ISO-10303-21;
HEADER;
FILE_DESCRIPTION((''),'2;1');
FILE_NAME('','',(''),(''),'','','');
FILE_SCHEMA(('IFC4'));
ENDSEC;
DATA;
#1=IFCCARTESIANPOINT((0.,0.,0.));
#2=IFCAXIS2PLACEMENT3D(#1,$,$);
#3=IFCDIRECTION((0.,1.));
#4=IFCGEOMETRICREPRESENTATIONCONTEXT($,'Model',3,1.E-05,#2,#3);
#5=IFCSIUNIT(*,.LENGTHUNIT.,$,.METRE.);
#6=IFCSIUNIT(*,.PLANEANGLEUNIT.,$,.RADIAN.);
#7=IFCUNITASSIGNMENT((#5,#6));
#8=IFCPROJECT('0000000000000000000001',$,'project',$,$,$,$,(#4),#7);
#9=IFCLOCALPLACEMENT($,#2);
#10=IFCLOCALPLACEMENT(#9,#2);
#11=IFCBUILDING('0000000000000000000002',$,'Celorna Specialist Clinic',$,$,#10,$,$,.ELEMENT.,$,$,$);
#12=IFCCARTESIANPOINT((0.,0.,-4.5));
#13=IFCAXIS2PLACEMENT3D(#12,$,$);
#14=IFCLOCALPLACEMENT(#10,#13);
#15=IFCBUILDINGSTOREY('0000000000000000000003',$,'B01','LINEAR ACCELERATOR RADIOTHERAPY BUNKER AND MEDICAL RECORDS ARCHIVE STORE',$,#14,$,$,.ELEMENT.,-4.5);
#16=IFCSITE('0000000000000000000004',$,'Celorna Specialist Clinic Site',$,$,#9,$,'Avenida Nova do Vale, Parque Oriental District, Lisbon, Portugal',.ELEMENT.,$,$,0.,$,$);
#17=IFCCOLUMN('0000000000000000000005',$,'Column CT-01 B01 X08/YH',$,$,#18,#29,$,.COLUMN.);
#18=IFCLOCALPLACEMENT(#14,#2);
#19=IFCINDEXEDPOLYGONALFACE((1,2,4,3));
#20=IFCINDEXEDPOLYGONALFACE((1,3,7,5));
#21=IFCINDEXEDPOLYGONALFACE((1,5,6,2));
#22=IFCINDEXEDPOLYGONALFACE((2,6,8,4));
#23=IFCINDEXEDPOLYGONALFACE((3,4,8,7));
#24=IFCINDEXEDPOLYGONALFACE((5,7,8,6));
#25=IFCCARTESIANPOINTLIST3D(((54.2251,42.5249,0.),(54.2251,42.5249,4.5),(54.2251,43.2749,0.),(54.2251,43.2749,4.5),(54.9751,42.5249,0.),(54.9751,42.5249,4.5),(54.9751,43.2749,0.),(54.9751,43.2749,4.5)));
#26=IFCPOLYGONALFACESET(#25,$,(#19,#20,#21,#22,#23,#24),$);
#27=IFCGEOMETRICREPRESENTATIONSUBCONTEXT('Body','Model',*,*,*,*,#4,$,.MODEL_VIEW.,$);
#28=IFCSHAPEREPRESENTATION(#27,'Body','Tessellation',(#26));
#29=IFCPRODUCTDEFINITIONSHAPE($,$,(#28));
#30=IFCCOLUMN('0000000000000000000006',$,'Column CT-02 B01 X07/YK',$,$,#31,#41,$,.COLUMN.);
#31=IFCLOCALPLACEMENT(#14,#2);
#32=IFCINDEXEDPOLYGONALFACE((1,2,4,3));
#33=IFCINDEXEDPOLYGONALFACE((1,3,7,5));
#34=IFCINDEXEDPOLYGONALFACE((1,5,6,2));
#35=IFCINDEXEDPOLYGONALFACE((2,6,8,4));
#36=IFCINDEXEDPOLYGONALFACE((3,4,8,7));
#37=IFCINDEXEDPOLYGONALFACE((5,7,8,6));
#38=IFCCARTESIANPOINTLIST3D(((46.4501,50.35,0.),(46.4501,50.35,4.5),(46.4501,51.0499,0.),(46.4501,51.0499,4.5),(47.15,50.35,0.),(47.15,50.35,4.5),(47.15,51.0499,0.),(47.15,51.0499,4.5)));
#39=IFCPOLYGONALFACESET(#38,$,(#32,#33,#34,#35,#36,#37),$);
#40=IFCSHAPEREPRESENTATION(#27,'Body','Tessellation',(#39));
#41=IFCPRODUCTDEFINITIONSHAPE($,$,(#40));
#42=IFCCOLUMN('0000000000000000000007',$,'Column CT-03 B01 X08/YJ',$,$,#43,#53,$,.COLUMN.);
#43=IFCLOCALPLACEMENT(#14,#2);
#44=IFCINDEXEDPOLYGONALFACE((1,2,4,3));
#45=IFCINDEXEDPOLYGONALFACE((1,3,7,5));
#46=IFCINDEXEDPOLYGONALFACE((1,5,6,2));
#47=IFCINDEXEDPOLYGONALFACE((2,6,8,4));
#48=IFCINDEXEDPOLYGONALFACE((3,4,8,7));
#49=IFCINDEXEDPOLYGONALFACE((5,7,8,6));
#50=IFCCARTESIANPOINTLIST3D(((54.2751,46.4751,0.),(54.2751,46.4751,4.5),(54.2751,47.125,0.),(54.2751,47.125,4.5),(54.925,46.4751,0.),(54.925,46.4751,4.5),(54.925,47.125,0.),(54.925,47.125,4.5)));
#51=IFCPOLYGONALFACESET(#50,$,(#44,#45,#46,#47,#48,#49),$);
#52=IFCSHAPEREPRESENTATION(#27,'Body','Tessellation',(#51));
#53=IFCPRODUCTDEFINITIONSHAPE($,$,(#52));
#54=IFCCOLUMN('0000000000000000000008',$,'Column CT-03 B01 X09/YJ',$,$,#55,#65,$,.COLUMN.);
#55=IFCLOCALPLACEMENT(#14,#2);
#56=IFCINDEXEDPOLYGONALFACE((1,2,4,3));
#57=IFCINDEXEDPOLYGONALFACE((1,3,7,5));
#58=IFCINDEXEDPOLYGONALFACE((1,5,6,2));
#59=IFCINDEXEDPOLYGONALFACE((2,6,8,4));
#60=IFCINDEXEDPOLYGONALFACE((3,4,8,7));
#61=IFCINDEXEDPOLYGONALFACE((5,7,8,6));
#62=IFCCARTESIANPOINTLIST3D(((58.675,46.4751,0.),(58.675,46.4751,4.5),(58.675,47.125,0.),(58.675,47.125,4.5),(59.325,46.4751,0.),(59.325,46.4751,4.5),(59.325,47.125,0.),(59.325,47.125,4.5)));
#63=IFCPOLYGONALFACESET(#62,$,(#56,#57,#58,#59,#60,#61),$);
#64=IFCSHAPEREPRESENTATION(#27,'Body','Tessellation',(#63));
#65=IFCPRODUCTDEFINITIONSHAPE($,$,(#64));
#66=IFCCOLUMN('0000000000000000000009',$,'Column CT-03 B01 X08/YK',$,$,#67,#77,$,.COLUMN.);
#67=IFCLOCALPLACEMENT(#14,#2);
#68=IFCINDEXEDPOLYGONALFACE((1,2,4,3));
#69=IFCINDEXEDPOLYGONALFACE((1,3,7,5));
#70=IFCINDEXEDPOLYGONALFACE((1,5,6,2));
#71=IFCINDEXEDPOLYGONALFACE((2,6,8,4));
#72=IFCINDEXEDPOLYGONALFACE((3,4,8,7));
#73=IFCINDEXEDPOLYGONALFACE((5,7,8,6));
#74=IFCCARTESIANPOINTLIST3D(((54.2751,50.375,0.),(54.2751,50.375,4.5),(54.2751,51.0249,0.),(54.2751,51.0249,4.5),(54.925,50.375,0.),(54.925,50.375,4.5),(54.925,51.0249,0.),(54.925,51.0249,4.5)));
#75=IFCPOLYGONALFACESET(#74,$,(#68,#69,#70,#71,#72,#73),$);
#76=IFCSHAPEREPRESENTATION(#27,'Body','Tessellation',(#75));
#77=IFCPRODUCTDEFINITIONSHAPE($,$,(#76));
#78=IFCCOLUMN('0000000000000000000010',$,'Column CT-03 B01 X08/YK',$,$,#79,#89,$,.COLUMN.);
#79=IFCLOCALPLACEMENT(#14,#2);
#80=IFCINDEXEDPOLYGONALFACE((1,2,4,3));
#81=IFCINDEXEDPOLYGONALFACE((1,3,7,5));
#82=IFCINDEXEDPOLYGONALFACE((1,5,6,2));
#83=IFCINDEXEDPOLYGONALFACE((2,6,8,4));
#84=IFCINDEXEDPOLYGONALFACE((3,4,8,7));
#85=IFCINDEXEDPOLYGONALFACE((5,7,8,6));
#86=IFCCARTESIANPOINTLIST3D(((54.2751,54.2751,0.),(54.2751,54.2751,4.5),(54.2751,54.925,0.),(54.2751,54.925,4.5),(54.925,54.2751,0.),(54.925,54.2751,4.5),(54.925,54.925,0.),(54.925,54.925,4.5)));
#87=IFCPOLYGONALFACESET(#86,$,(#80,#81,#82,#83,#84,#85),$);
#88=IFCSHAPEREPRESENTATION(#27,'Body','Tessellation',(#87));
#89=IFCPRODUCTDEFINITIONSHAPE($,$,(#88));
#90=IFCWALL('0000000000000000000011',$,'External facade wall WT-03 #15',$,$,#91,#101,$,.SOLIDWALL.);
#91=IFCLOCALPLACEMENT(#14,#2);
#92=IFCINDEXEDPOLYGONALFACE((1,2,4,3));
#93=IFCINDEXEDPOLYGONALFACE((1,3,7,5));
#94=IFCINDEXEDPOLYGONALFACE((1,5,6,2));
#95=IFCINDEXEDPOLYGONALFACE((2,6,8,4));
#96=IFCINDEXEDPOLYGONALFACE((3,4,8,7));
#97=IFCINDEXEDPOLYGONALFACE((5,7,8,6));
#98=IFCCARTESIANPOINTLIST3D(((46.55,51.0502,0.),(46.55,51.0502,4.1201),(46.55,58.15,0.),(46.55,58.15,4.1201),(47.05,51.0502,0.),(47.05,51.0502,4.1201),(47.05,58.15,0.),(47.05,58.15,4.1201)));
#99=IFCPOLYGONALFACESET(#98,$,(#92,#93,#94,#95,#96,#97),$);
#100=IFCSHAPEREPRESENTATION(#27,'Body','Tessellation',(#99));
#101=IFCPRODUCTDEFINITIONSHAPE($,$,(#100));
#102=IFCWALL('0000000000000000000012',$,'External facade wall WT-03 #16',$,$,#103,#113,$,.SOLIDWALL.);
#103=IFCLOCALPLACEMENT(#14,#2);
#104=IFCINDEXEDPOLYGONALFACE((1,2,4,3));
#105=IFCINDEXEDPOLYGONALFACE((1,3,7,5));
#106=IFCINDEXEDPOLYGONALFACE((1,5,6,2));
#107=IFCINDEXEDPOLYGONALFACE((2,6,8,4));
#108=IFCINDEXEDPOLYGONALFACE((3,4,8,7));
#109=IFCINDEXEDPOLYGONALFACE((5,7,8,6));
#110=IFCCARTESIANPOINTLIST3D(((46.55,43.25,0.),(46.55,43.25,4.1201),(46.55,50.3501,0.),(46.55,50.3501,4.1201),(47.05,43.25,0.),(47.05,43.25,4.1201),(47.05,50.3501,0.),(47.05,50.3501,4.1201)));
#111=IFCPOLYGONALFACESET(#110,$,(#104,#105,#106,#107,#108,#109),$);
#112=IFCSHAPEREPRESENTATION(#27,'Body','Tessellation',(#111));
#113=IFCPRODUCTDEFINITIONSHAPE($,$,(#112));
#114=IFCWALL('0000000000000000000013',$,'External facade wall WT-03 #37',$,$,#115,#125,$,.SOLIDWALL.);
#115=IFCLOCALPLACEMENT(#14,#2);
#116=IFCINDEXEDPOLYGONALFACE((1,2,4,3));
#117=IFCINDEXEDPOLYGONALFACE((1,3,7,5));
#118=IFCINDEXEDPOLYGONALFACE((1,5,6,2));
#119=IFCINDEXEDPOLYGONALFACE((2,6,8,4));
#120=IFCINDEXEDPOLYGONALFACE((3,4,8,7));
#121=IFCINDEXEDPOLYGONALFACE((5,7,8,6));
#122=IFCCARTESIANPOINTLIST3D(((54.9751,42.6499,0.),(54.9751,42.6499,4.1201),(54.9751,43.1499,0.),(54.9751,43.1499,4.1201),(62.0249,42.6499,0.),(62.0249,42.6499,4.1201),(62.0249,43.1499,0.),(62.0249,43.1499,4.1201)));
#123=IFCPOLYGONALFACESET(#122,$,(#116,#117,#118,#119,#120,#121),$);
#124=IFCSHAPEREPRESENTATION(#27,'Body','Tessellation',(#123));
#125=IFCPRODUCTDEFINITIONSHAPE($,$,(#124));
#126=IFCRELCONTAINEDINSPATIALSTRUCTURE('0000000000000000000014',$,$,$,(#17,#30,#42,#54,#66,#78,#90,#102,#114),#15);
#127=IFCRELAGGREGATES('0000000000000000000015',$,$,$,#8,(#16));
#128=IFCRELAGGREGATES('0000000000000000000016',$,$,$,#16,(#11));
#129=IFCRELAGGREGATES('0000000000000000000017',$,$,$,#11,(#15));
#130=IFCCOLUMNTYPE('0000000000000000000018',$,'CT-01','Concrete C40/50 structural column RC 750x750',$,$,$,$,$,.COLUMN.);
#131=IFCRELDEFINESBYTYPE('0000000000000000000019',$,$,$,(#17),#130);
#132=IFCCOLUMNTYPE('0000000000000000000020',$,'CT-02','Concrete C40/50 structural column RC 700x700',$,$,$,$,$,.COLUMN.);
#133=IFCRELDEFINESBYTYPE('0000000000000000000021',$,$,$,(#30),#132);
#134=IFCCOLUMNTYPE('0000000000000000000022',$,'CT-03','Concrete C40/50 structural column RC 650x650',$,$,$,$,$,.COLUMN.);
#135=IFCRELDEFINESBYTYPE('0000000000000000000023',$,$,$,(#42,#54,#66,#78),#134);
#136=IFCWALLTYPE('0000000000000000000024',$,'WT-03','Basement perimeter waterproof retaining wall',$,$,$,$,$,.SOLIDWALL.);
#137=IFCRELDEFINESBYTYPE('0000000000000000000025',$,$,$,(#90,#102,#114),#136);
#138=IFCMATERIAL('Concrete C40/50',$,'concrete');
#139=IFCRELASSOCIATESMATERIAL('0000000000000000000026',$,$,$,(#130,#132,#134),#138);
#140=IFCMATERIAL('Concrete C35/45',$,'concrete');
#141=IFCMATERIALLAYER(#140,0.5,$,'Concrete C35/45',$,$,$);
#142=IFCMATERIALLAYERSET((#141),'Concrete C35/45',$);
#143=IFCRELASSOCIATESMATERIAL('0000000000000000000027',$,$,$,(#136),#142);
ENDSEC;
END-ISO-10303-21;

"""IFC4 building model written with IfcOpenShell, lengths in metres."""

from ifc_helpers import new_model, si_unit, direction, frame, frame_2d, origin, origin_2d, place, context, subcontext, project, spatial, rectangle, extrude, material, layer, layer_set, material_profile, profile_set, type_object, element, save


model = new_model("IFC4")

# Units and contexts
model_context = context("Model", 3, precision=1e-05, world=origin(), true_north=direction((0.0, 1.0)))
body_context = subcontext(model_context, "Body", "Model", "MODEL_VIEW")
ifc_project = project(units=[si_unit("LENGTHUNIT", "METRE"), si_unit("PLANEANGLEUNIT", "RADIAN")], contexts=[model_context])

# Site, building, storey
site_placement = place(None, origin())
site = spatial("IfcSite", under=ifc_project, at=site_placement, Name="Celorna Specialist Clinic Site", LongName="Avenida Nova do Vale, Parque Oriental District, Lisbon, Portugal", CompositionType="ELEMENT", RefElevation=0.0)
building_placement = place(site_placement, origin())
building = spatial("IfcBuilding", under=site, at=building_placement, Name="Celorna Specialist Clinic", CompositionType="ELEMENT")
storey_placement = place(building_placement, frame((0.0, 0.0, -4.5)))
storey = spatial("IfcBuildingStorey", under=building, at=storey_placement, Name="B01", Description="LINEAR ACCELERATOR RADIOTHERAPY BUNKER AND MEDICAL RECORDS ARCHIVE STORE", CompositionType="ELEMENT", Elevation=-4.5)

# Shared definitions
ifc_material_1 = material(Name="Concrete C35/45", Category="concrete")

# Columns
ifc_material_2 = material(Name="Concrete C40/50", Category="concrete")
ifc_material_profile_1 = material_profile(ifc_material_2, rectangle(XDim=0.75, YDim=0.75, at=origin_2d()), Name="RC 750x750")
ifc_profile_set_1 = profile_set([ifc_material_profile_1], Name="Concrete C40/50")
column_type_1 = type_object("IfcColumnType", Name="CT-01", Description="Concrete C40/50 structural column RC 750x750", PredefinedType="COLUMN", material=ifc_profile_set_1)
column_1_placement = place(storey_placement, frame((54.6001, 42.8999, 0.0), z_axis=(0.0, 0.0, 1.0), x_axis=(1.0, 0.0, 0.0)))
element("IfcColumn", 1, at=column_1_placement, inside=storey, type_object=column_type_1, Name="Column CT-01 B01 X08/YH", PredefinedType="COLUMN", context=body_context, shape_type="SweptSolid", body=[
    extrude(rectangle(XDim=0.75, YDim=0.75, at=origin_2d()), origin(), (0.0, 0.0, 1.0), 4.5),
])
ifc_material_profile_2 = material_profile(ifc_material_2, rectangle(XDim=0.7, YDim=0.7, at=origin_2d()), Name="RC 700x700")
ifc_profile_set_2 = profile_set([ifc_material_profile_2], Name="Concrete C40/50")
column_type_2 = type_object("IfcColumnType", Name="CT-02", Description="Concrete C40/50 structural column RC 700x700", PredefinedType="COLUMN", material=ifc_profile_set_2)
column_2_placement = place(storey_placement, frame((46.8, 50.7, 0.0), z_axis=(0.0, 0.0, 1.0), x_axis=(1.0, 0.0, 0.0)))
element("IfcColumn", 2, at=column_2_placement, inside=storey, type_object=column_type_2, Name="Column CT-02 B01 X07/YK", PredefinedType="COLUMN", context=body_context, shape_type="SweptSolid", body=[
    extrude(rectangle(XDim=0.7, YDim=0.7, at=origin_2d()), origin(), (0.0, 0.0, 1.0), 4.5),
])
ifc_material_profile_3 = material_profile(ifc_material_2, rectangle(XDim=0.6499, YDim=0.6499, at=origin_2d()), Name="RC 650x650")
ifc_profile_set_3 = profile_set([ifc_material_profile_3], Name="Concrete C40/50")
column_type_3 = type_object("IfcColumnType", Name="CT-03", Description="Concrete C40/50 structural column RC 650x650", PredefinedType="COLUMN", material=ifc_profile_set_3)
for number, where, z_axis, x_axis, name in (
    (3, (54.6001, 46.8, 0.0), (0.0, 0.0, 1.0), (1.0, 0.0, 0.0), "Column CT-03 B01 X08/YJ"),
    (4, (59.0, 46.8, 0.0), (0.0, 0.0, 1.0), (1.0, 0.0, 0.0), "Column CT-03 B01 X09/YJ"),
    (5, (54.6001, 50.7, 0.0), (0.0, 0.0, 1.0), (1.0, 0.0, 0.0), "Column CT-03 B01 X08/YK"),
    (6, (54.6001, 54.6001, 0.0), (0.0, 0.0, 1.0), (1.0, 0.0, 0.0), "Column CT-03 B01 X08/YK"),
):
    element("IfcColumn", number, at=place(storey_placement, frame(where, z_axis=z_axis, x_axis=x_axis)), inside=storey, type_object=column_type_3, Name=name, PredefinedType="COLUMN", context=body_context, shape_type="SweptSolid", body=[
        extrude(rectangle(XDim=0.6499, YDim=0.6499, at=origin_2d()), origin(), (0.0, 0.0, 1.0), 4.5),
    ])

# Walls
ifc_layer = layer(ifc_material_1, 0.5, Name="Concrete C35/45")
ifc_layer_set = layer_set([ifc_layer], Name="Concrete C35/45")
wall_type = type_object("IfcWallType", Name="WT-03", Description="Basement perimeter waterproof retaining wall", PredefinedType="SOLIDWALL", material=ifc_layer_set)
wall_1_placement = place(storey_placement, frame((46.8, 58.1499, 0.0), z_axis=(0.0, 0.0, 1.0), x_axis=(0.0, -1.0, 0.0)))
element("IfcWall", 7, at=wall_1_placement, inside=storey, type_object=wall_type, Name="External facade wall WT-03 #15", PredefinedType="SOLIDWALL", context=body_context, shape_type="SweptSolid", body=[
    extrude(rectangle(XDim=7.0999, YDim=0.5, at=frame_2d((3.5498, 0.0))), origin(), (0.0, 0.0, 1.0), 4.1201),
])
wall_2_placement = place(storey_placement, frame((46.8, 50.3501, 0.0), z_axis=(0.0, 0.0, 1.0), x_axis=(0.0, -1.0, 0.0)))
element("IfcWall", 8, at=wall_2_placement, inside=storey, type_object=wall_type, Name="External facade wall WT-03 #16", PredefinedType="SOLIDWALL", context=body_context, shape_type="SweptSolid", body=[
    extrude(rectangle(XDim=7.1001, YDim=0.5, at=frame_2d((3.55, 0.0))), origin(), (0.0, 0.0, 1.0), 4.1201),
])
wall_3_placement = place(storey_placement, frame((54.9751, 42.8999, 0.0), z_axis=(0.0, 0.0, 1.0), x_axis=(1.0, 0.0, 0.0)))
element("IfcWall", 9, at=wall_3_placement, inside=storey, type_object=wall_type, Name="External facade wall WT-03 #37", PredefinedType="SOLIDWALL", context=body_context, shape_type="SweptSolid", body=[
    extrude(rectangle(XDim=7.0498, YDim=0.5, at=frame_2d((3.5249, 0.0))), origin(), (0.0, 0.0, 1.0), 4.1201),
])

save(model, "model.ifc")
